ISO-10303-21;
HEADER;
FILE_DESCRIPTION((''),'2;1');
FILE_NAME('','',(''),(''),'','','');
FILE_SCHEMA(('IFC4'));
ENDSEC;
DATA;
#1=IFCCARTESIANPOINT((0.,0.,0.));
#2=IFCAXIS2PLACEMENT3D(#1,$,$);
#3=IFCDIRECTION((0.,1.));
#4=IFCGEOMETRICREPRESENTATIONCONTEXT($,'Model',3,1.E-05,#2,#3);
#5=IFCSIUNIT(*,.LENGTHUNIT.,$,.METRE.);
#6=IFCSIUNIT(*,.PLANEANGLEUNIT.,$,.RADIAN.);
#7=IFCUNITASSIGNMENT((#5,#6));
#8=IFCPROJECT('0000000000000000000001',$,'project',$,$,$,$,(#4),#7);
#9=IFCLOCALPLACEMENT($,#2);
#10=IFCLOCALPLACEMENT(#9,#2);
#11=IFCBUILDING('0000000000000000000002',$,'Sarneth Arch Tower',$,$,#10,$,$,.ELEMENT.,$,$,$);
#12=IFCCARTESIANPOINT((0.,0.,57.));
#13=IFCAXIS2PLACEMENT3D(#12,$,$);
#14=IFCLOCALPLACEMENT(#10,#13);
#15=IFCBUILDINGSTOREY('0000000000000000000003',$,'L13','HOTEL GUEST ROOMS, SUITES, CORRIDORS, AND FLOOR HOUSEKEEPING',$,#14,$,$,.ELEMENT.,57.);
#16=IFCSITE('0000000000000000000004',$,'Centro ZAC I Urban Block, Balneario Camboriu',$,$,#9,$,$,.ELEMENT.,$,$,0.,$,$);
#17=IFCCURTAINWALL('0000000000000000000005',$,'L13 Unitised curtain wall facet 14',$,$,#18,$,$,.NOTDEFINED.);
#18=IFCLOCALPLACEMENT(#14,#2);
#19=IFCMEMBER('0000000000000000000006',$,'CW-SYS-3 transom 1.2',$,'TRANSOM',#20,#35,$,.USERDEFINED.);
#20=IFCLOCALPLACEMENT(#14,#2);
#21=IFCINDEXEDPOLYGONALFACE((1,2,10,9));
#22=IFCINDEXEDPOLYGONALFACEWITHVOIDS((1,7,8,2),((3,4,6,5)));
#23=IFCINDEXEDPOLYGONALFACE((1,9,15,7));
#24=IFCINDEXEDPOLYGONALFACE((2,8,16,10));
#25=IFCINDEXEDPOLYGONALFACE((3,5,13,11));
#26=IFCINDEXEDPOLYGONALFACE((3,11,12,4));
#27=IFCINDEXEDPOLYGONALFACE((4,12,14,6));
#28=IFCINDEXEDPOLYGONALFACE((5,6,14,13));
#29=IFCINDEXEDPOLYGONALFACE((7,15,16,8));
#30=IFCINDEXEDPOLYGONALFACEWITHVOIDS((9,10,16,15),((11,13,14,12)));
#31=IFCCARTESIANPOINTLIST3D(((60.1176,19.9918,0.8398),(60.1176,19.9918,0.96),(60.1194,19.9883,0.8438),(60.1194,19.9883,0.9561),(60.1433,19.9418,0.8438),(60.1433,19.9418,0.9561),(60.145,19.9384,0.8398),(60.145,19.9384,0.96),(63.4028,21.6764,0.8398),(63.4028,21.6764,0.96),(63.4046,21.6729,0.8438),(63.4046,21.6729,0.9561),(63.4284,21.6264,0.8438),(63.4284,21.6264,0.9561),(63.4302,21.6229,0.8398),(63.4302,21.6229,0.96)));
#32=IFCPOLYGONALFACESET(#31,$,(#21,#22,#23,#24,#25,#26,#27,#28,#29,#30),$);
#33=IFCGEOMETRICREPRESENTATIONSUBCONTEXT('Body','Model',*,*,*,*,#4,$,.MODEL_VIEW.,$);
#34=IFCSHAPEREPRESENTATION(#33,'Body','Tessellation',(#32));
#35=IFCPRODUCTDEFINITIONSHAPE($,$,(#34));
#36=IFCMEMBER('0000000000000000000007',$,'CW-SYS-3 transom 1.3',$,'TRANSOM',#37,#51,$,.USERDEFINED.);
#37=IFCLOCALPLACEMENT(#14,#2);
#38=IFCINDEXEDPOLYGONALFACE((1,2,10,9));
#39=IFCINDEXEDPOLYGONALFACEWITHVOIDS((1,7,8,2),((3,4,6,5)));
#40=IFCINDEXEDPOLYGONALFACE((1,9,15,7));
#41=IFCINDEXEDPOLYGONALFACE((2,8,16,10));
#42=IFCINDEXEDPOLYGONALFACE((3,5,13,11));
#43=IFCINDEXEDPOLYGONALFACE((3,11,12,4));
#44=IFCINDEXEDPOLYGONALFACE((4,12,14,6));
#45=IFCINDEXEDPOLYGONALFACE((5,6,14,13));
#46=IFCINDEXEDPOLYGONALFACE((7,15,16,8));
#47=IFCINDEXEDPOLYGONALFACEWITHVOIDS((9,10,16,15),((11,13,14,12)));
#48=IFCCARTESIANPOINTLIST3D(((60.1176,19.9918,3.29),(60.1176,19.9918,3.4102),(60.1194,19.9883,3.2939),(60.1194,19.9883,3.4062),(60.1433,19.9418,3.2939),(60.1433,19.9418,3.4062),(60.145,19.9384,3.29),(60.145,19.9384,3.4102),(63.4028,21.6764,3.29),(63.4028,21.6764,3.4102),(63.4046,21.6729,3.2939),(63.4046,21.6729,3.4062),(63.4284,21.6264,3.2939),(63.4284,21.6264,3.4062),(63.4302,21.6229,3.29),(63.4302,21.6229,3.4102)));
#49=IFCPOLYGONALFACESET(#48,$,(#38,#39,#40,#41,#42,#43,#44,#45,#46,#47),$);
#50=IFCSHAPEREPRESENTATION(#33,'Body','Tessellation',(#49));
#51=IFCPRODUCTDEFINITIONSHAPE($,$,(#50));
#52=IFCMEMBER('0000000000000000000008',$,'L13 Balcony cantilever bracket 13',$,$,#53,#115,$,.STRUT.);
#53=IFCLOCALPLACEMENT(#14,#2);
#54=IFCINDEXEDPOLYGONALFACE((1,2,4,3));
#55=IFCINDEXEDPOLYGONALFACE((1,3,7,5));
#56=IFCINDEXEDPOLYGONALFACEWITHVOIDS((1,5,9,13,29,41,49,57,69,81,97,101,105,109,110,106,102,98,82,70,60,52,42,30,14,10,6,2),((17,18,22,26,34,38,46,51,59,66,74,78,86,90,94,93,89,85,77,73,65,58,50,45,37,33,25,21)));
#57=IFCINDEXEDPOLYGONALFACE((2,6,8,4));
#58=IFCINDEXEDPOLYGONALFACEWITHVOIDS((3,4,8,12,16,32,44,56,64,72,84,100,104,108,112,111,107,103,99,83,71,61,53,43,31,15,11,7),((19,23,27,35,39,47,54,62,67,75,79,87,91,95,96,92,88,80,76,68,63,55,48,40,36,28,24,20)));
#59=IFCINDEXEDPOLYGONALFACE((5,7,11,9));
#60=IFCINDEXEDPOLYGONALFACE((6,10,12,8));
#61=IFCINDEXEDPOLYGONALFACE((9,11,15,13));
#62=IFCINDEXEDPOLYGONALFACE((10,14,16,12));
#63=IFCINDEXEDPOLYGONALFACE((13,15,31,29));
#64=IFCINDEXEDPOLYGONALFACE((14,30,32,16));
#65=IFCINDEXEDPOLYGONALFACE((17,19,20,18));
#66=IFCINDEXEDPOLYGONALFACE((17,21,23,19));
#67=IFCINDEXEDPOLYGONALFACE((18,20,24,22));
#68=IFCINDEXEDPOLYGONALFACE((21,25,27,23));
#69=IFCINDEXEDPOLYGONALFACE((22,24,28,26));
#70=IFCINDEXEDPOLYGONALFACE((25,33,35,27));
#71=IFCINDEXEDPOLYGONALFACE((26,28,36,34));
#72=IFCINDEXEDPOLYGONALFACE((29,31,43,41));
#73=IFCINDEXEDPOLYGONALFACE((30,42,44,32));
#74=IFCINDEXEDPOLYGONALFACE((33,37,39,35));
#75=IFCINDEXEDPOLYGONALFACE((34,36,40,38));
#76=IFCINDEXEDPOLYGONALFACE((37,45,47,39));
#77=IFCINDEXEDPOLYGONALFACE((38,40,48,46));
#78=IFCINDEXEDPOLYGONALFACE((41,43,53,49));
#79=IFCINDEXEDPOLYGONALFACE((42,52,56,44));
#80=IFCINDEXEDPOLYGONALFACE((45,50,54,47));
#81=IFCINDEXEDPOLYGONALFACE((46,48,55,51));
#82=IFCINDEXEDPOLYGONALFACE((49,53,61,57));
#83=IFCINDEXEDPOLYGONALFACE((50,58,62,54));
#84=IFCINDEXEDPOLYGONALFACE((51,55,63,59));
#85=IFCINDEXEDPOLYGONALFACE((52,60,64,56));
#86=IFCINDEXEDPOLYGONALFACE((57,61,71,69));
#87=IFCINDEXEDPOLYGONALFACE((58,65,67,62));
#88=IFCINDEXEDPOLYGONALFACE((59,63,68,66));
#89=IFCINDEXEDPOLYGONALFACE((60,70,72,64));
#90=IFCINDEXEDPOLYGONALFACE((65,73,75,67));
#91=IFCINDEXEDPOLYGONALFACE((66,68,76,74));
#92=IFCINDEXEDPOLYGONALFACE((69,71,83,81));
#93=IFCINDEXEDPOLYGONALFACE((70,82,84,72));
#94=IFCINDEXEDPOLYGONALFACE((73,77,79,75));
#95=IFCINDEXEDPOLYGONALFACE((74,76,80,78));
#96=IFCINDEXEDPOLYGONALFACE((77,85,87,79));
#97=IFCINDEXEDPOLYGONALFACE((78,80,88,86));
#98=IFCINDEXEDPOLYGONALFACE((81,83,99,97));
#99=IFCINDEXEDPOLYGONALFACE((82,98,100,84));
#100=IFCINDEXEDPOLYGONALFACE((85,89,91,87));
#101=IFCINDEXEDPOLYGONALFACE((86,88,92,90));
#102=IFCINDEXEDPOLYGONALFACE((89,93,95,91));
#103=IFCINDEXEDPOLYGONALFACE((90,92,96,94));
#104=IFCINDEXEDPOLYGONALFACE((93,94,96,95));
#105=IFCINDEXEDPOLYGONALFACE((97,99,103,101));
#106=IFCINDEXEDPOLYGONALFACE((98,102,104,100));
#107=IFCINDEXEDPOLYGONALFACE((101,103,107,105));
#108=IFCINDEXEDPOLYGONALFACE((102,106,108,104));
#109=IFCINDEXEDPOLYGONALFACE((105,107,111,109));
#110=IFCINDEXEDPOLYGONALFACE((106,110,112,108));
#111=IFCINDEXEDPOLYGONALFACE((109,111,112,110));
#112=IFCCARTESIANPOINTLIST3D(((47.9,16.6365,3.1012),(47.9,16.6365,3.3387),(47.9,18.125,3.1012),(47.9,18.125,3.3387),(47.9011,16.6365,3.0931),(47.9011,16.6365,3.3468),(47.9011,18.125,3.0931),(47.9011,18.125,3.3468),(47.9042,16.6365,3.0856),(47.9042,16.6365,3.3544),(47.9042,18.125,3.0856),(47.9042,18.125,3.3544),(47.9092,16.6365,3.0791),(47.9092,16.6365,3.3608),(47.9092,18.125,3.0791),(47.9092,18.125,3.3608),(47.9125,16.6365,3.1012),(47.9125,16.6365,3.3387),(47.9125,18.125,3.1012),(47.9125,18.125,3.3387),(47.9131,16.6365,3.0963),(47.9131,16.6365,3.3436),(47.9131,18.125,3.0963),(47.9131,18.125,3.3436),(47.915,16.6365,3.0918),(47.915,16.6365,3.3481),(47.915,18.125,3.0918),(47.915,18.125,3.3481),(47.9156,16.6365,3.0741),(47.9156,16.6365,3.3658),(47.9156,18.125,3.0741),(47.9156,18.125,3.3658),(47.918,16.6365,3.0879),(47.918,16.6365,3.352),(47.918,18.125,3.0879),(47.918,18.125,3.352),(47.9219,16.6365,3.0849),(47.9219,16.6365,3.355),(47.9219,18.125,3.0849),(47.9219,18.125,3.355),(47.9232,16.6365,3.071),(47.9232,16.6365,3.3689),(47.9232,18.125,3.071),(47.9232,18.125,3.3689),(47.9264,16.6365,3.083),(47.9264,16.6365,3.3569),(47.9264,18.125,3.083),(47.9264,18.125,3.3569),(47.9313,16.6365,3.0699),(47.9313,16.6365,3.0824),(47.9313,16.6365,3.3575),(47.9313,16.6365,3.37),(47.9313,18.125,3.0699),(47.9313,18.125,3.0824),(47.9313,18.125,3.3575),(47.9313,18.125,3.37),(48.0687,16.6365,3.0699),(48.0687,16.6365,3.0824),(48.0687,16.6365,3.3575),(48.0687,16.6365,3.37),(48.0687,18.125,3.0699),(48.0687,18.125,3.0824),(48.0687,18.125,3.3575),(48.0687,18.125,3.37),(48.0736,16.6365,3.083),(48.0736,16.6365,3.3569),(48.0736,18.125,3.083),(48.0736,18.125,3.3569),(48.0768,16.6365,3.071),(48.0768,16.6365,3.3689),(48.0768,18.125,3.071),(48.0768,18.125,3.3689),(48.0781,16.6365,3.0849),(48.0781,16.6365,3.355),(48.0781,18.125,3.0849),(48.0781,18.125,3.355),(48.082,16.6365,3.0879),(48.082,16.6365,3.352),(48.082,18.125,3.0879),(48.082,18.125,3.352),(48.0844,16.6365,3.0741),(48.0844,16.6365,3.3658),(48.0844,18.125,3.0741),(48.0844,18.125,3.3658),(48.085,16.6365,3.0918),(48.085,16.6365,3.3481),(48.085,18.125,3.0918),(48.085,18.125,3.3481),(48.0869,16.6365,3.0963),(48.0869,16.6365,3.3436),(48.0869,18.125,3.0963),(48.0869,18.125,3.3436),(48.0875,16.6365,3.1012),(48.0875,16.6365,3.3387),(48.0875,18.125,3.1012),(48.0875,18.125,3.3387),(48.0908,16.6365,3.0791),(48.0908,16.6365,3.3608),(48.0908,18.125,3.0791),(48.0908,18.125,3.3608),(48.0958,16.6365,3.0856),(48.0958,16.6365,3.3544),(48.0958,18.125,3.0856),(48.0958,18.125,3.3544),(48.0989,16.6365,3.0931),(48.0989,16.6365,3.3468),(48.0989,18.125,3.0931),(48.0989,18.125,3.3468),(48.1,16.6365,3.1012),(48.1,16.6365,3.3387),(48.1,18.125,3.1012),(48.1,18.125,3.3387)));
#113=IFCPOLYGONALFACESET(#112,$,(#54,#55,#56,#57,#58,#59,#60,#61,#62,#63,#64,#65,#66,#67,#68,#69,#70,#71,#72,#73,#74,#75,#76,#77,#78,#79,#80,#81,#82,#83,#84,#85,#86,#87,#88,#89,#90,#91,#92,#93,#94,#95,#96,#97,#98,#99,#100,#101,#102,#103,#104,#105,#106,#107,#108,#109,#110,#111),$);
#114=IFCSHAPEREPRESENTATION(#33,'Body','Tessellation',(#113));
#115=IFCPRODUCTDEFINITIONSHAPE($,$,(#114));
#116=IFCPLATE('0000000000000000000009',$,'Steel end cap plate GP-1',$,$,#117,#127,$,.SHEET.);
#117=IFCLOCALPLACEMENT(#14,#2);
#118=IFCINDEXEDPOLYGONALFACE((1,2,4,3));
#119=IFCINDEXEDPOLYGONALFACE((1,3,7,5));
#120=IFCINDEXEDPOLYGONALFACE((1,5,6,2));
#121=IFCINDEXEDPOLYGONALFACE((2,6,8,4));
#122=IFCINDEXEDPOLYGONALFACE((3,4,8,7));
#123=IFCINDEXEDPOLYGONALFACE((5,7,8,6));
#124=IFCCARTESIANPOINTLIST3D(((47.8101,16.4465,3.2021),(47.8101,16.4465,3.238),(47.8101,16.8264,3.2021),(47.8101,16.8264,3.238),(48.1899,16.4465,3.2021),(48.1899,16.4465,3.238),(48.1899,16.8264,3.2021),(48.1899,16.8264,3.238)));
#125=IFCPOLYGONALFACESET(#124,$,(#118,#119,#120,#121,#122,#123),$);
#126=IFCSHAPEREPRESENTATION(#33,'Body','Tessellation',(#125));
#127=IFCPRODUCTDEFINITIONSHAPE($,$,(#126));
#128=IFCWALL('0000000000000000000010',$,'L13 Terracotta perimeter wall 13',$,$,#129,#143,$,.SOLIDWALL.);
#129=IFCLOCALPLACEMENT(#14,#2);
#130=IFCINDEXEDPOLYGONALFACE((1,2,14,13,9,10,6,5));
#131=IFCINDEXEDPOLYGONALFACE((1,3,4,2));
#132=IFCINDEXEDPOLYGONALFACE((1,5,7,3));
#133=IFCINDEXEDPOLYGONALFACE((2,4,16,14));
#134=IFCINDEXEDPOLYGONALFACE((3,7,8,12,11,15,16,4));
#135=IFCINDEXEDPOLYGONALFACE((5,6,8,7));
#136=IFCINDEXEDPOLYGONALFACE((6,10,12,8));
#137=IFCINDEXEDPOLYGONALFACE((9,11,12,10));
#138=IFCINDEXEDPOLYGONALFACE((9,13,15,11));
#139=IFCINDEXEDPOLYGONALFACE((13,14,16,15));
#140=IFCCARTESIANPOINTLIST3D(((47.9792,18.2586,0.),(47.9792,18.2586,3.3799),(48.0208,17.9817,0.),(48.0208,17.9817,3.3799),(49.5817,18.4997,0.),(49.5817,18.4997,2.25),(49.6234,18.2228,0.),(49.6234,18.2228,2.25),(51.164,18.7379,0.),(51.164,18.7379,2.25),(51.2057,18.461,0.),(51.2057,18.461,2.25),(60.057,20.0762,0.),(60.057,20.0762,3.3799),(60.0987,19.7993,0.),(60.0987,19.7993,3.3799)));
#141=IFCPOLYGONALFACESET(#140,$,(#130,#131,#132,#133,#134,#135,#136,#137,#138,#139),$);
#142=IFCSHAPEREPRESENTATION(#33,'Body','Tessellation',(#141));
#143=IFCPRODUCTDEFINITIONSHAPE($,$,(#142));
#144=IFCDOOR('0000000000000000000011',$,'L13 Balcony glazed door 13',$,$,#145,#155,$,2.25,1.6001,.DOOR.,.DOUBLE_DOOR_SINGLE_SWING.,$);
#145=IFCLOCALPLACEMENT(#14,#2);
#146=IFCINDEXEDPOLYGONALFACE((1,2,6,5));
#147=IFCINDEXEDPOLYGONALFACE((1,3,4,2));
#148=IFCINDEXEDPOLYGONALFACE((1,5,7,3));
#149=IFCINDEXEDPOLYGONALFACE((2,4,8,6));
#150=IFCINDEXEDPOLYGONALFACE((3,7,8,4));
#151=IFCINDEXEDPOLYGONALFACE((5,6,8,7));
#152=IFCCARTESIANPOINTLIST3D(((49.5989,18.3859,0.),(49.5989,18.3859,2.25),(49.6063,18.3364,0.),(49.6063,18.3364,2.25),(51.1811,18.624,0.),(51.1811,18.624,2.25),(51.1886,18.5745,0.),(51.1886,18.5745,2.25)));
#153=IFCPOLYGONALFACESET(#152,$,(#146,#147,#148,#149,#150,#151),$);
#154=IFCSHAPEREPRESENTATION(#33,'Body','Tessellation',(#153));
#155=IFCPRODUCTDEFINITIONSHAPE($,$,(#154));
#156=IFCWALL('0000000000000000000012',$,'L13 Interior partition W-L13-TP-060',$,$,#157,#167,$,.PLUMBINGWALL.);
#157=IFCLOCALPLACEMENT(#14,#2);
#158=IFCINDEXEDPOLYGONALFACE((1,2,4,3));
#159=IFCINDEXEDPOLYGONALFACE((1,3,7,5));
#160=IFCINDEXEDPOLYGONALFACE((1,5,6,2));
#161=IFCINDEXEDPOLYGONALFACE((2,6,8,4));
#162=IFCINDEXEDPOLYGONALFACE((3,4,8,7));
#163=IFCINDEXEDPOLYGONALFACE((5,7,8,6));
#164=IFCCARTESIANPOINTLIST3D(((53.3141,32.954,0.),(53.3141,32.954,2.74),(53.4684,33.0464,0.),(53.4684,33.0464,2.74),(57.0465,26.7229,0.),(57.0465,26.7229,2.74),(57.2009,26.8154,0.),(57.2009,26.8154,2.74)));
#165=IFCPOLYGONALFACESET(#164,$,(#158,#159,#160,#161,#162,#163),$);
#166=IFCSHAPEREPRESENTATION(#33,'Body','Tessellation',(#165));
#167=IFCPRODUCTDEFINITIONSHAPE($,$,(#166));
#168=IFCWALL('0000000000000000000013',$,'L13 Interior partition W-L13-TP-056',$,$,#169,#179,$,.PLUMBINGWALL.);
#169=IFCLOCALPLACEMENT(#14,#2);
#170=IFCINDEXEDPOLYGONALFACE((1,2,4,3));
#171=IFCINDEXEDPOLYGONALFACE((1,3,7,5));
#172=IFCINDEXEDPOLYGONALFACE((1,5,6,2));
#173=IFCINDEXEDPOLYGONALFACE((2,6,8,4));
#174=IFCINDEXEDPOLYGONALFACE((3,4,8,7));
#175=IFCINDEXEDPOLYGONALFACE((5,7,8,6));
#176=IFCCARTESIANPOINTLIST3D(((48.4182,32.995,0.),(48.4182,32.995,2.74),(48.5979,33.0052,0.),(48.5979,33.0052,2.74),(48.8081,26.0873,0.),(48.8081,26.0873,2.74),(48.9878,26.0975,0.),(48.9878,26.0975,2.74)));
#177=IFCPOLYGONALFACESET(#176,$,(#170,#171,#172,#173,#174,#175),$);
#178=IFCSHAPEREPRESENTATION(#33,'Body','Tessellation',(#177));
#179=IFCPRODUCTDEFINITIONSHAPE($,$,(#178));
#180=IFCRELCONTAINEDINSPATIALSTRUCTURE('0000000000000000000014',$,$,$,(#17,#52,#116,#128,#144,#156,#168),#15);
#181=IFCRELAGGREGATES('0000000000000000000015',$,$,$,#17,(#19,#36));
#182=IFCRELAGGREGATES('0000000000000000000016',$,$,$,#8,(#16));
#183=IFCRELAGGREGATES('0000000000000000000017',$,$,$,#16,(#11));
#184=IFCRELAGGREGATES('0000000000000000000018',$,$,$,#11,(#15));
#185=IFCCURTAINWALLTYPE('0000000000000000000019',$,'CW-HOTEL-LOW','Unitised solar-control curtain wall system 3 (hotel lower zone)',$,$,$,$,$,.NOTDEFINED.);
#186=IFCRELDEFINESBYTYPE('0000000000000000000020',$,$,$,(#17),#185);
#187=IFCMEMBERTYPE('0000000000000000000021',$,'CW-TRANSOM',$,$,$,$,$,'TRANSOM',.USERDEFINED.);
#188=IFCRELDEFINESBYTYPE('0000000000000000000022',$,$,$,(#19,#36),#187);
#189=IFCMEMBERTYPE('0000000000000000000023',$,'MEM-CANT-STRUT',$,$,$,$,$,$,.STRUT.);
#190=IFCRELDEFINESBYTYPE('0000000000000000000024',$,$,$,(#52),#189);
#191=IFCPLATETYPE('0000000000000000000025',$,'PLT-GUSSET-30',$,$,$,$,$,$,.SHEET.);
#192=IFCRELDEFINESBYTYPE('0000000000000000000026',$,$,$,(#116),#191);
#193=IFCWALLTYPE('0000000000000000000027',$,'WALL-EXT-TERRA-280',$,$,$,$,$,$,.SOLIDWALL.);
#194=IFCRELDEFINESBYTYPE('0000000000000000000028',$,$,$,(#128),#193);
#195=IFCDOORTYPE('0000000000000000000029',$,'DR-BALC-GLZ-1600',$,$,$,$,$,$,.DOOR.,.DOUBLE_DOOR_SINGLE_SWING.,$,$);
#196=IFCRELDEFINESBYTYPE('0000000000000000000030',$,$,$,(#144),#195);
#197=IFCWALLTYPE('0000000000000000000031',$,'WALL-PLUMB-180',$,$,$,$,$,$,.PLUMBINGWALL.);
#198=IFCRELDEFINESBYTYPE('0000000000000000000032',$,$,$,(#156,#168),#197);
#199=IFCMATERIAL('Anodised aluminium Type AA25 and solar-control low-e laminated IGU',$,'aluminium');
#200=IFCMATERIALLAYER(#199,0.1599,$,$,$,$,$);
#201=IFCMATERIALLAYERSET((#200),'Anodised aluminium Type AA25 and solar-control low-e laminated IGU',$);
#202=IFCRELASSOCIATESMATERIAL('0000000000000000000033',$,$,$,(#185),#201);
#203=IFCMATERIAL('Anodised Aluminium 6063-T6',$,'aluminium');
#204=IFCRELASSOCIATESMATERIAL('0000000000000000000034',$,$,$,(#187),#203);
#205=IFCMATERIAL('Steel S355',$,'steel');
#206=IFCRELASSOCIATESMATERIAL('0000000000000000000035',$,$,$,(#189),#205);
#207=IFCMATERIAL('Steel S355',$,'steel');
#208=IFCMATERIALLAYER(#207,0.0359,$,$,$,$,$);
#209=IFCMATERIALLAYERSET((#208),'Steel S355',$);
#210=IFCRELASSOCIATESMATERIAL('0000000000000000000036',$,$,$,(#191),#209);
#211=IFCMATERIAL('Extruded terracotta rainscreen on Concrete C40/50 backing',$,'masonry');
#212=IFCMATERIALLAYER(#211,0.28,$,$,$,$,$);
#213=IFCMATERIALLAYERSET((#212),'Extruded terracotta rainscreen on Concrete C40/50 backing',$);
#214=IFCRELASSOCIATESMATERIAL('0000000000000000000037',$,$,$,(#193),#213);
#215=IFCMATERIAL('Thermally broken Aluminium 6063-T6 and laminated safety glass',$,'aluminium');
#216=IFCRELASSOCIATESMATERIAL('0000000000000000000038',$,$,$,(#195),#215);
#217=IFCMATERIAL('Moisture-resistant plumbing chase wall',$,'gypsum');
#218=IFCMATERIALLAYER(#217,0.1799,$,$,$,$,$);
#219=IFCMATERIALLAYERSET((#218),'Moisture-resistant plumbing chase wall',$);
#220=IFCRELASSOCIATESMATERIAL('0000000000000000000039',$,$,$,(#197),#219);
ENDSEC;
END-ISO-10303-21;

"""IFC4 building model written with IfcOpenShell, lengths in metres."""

from ifc_helpers import new_model, si_unit, direction, frame, frame_2d, origin, origin_2d, place, context, subcontext, project, spatial, rectangle, hollow_rectangle, extrude, material, layer, layer_set, material_profile, profile_set, type_object, element, fill, aggregate, save


model = new_model("IFC4")

# Units and contexts
model_context = context("Model", 3, precision=1e-05, world=origin(), true_north=direction((0.0, 1.0)))
body_context = subcontext(model_context, "Body", "Model", "MODEL_VIEW")
ifc_project = project(units=[si_unit("LENGTHUNIT", "METRE"), si_unit("PLANEANGLEUNIT", "RADIAN")], contexts=[model_context])

# Site, building, storey
site_placement = place(None, origin())
site = spatial("IfcSite", under=ifc_project, at=site_placement, Name="Centro ZAC I Urban Block, Balneario Camboriu", CompositionType="ELEMENT", RefElevation=0.0)
building_placement = place(site_placement, origin())
building = spatial("IfcBuilding", under=site, at=building_placement, Name="Sarneth Arch Tower", CompositionType="ELEMENT")
storey_placement = place(building_placement, frame((0.0, 0.0, 57.0)))
storey = spatial("IfcBuildingStorey", under=building, at=storey_placement, Name="L13", Description="HOTEL GUEST ROOMS, SUITES, CORRIDORS, AND FLOOR HOUSEKEEPING", CompositionType="ELEMENT", Elevation=57.0)

# Curtain wall, members
ifc_material_1 = material(Name="Anodised aluminium Type AA25 and solar-control low-e laminated IGU", Category="aluminium")
ifc_layer_1 = layer(ifc_material_1, 0.1599)
ifc_layer_set_1 = layer_set([ifc_layer_1], Name="Anodised aluminium Type AA25 and solar-control low-e laminated IGU")
curtain_wall_type = type_object("IfcCurtainWallType", Name="CW-HOTEL-LOW", Description="Unitised solar-control curtain wall system 3 (hotel lower zone)", PredefinedType="NOTDEFINED", material=ifc_layer_set_1)
curtain_wall_placement = place(storey_placement, origin())
curtain_wall = element("IfcCurtainWall", 1, at=curtain_wall_placement, inside=storey, type_object=curtain_wall_type, Name="L13 Unitised curtain wall facet 14", PredefinedType="NOTDEFINED")
ifc_material_2 = material(Name="Anodised Aluminium 6063-T6", Category="aluminium")
ifc_material_profile_1 = material_profile(ifc_material_2, hollow_rectangle(XDim=0.0601, YDim=0.1201, WallThickness=0.0039, at=origin_2d()), Name="AL-TRAN-120x60x4")
ifc_profile_set_1 = profile_set([ifc_material_profile_1], Name="Anodised Aluminium 6063-T6")
member_type_1 = type_object("IfcMemberType", Name="CW-TRANSOM", ElementType="TRANSOM", PredefinedType="USERDEFINED", material=ifc_profile_set_1)
member_1_placement = place(storey_placement, frame((60.1313, 19.9651, 0.8999), z_axis=(0.889831, 0.45629, 0.0), x_axis=(-0.45629, 0.889831, 0.0)))
member_1 = element("IfcMember", 2, at=member_1_placement, type_object=member_type_1, Name="CW-SYS-3 transom 1.2", ObjectType="TRANSOM", PredefinedType="USERDEFINED", context=body_context, shape_type="SweptSolid", body=[
    extrude(hollow_rectangle(XDim=0.0601, YDim=0.1201, WallThickness=0.0039, at=origin_2d()), origin(), (0.0, 0.0, 1.0), 3.6919),
])
member_2_placement = place(storey_placement, frame((60.1313, 19.9651, 3.3501), z_axis=(0.889831, 0.45629, 0.0), x_axis=(-0.45629, 0.889831, 0.0)))
member_2 = element("IfcMember", 3, at=member_2_placement, type_object=member_type_1, Name="CW-SYS-3 transom 1.3", ObjectType="TRANSOM", PredefinedType="USERDEFINED", context=body_context, shape_type="SweptSolid", body=[
    extrude(hollow_rectangle(XDim=0.0601, YDim=0.1201, WallThickness=0.0039, at=origin_2d()), origin(), (0.0, 0.0, 1.0), 3.6919),
])
aggregate(curtain_wall, [member_1, member_2])

# Member
ifc_material_3 = material(Name="Steel S355", Category="steel")
ifc_material_profile_2 = material_profile(ifc_material_3, hollow_rectangle(XDim=0.2, YDim=0.3, WallThickness=0.0125, InnerFilletRadius=0.0188, OuterFilletRadius=0.0312, at=origin_2d()), Name="RHS300x200x12.5")
ifc_profile_set_2 = profile_set([ifc_material_profile_2], Name="Steel S355")
member_type_2 = type_object("IfcMemberType", Name="MEM-CANT-STRUT", PredefinedType="STRUT", material=ifc_profile_set_2)
member_3_placement = place(storey_placement, frame((48.0, 18.125, 3.22), z_axis=(0.0, -1.0, 0.0), x_axis=(1.0, 0.0, 0.0)))
element("IfcMember", 4, at=member_3_placement, inside=storey, type_object=member_type_2, Name="L13 Balcony cantilever bracket 13", PredefinedType="STRUT", context=body_context, shape_type="SweptSolid", body=[
    extrude(hollow_rectangle(XDim=0.2, YDim=0.3, WallThickness=0.0125, InnerFilletRadius=0.0188, OuterFilletRadius=0.0312, at=origin_2d()), origin(), (0.0, 0.0, 1.0), 1.4885),
])

# Plate
ifc_material_4 = material(Name="Steel S355", Category="steel")
ifc_layer_2 = layer(ifc_material_4, 0.0359)
ifc_layer_set_2 = layer_set([ifc_layer_2], Name="Steel S355")
plate_type = type_object("IfcPlateType", Name="PLT-GUSSET-30", PredefinedType="SHEET", material=ifc_layer_set_2)
plate_placement = place(storey_placement, frame((48.0, 16.6365, 3.2021), z_axis=(0.0, 0.0, 1.0), x_axis=(0.0, -1.0, 0.0)))
element("IfcPlate", 5, at=plate_placement, inside=storey, type_object=plate_type, Name="Steel end cap plate GP-1", PredefinedType="SHEET", context=body_context, shape_type="SweptSolid", body=[
    extrude(rectangle(XDim=0.3799, YDim=0.3799, at=origin_2d()), origin(), (0.0, 0.0, 1.0), 0.0359),
])

# Wall, opening, door
ifc_material_5 = material(Name="Extruded terracotta rainscreen on Concrete C40/50 backing", Category="masonry")
ifc_layer_3 = layer(ifc_material_5, 0.28)
ifc_layer_set_3 = layer_set([ifc_layer_3], Name="Extruded terracotta rainscreen on Concrete C40/50 backing")
wall_type_1 = type_object("IfcWallType", Name="WALL-EXT-TERRA-280", PredefinedType="SOLIDWALL", material=ifc_layer_set_3)
wall_1_placement = place(storey_placement, frame((48.0, 18.1201, 0.0), z_axis=(0.0, 0.0, 1.0), x_axis=(0.988865, 0.148816, 0.0)))
wall_1 = element("IfcWall", 6, at=wall_1_placement, inside=storey, type_object=wall_type_1, Name="L13 Terracotta perimeter wall 13", PredefinedType="SOLIDWALL", context=body_context, shape_type="SweptSolid", body=[
    extrude(rectangle(XDim=12.2139, YDim=0.28, at=frame_2d((6.1069, 0.0))), origin(), (0.0, 0.0, 1.0), 3.3799),
])
opening_1_placement = place(wall_1_placement, frame((1.6206, 0.0, 0.0)))
opening_1 = element("IfcOpeningElement", 7, at=opening_1_placement, cuts=wall_1, PredefinedType="OPENING", context=body_context, shape_type="SweptSolid", body=[
    extrude(rectangle(XDim=1.6001, YDim=2.25, at=frame_2d((0.8, 1.125))), frame((0.0, 0.1499, 0.0), z_axis=(0.0, -1.0, 0.0), x_axis=(1.0, 0.0, 0.0)), (0.0, 0.0, 1.0), 0.3),
])
ifc_material_6 = material(Name="Thermally broken Aluminium 6063-T6 and laminated safety glass", Category="aluminium")
door_type_1 = type_object("IfcDoorType", Name="DR-BALC-GLZ-1600", OperationType="DOUBLE_DOOR_SINGLE_SWING", PredefinedType="DOOR", material=ifc_material_6)
door_1_placement = place(opening_1_placement, origin())
door_1 = element("IfcDoor", 8, at=door_1_placement, inside=storey, type_object=door_type_1, Name="L13 Balcony glazed door 13", OperationType="DOUBLE_DOOR_SINGLE_SWING", OverallHeight=2.25, OverallWidth=1.6001, PredefinedType="DOOR", context=body_context, shape_type="SweptSolid", body=[
    extrude(rectangle(XDim=1.6001, YDim=2.25, at=frame_2d((0.8, 1.125))), frame((0.0, 0.0249, 0.0), z_axis=(0.0, -1.0, 0.0), x_axis=(1.0, 0.0, 0.0)), (0.0, 0.0, 1.0), 0.05),
])
fill(opening_1, door_1)

# Walls
ifc_material_7 = material(Name="Moisture-resistant plumbing chase wall", Category="gypsum")
ifc_layer_4 = layer(ifc_material_7, 0.1799)
ifc_layer_set_4 = layer_set([ifc_layer_4], Name="Moisture-resistant plumbing chase wall")
wall_type_2 = type_object("IfcWallType", Name="WALL-PLUMB-180", PredefinedType="PLUMBINGWALL", material=ifc_layer_set_4)
wall_2_placement = place(storey_placement, frame((57.1238, 26.769, 0.0), z_axis=(0.0, 0.0, 1.0), x_axis=(-0.513873, 0.857866, 0.0)))
element("IfcWall", 9, at=wall_2_placement, inside=storey, type_object=wall_type_2, Name="L13 Interior partition W-L13-TP-060", PredefinedType="PLUMBINGWALL", context=body_context, shape_type="SweptSolid", body=[
    extrude(rectangle(XDim=7.2634, YDim=0.1799, at=frame_2d((3.6318, 0.0))), origin(), (0.0, 0.0, 1.0), 2.74),
])
wall_3_placement = place(storey_placement, frame((48.8979, 26.0923, 0.0), z_axis=(0.0, 0.0, 1.0), x_axis=(-0.056353, 0.998411, 0.0)))
element("IfcWall", 10, at=wall_3_placement, inside=storey, type_object=wall_type_2, Name="L13 Interior partition W-L13-TP-056", PredefinedType="PLUMBINGWALL", context=body_context, shape_type="SweptSolid", body=[
    extrude(rectangle(XDim=6.9187, YDim=0.1799, at=frame_2d((3.4595, 0.0))), origin(), (0.0, 0.0, 1.0), 2.74),
])

save(model, "model.ifc")
